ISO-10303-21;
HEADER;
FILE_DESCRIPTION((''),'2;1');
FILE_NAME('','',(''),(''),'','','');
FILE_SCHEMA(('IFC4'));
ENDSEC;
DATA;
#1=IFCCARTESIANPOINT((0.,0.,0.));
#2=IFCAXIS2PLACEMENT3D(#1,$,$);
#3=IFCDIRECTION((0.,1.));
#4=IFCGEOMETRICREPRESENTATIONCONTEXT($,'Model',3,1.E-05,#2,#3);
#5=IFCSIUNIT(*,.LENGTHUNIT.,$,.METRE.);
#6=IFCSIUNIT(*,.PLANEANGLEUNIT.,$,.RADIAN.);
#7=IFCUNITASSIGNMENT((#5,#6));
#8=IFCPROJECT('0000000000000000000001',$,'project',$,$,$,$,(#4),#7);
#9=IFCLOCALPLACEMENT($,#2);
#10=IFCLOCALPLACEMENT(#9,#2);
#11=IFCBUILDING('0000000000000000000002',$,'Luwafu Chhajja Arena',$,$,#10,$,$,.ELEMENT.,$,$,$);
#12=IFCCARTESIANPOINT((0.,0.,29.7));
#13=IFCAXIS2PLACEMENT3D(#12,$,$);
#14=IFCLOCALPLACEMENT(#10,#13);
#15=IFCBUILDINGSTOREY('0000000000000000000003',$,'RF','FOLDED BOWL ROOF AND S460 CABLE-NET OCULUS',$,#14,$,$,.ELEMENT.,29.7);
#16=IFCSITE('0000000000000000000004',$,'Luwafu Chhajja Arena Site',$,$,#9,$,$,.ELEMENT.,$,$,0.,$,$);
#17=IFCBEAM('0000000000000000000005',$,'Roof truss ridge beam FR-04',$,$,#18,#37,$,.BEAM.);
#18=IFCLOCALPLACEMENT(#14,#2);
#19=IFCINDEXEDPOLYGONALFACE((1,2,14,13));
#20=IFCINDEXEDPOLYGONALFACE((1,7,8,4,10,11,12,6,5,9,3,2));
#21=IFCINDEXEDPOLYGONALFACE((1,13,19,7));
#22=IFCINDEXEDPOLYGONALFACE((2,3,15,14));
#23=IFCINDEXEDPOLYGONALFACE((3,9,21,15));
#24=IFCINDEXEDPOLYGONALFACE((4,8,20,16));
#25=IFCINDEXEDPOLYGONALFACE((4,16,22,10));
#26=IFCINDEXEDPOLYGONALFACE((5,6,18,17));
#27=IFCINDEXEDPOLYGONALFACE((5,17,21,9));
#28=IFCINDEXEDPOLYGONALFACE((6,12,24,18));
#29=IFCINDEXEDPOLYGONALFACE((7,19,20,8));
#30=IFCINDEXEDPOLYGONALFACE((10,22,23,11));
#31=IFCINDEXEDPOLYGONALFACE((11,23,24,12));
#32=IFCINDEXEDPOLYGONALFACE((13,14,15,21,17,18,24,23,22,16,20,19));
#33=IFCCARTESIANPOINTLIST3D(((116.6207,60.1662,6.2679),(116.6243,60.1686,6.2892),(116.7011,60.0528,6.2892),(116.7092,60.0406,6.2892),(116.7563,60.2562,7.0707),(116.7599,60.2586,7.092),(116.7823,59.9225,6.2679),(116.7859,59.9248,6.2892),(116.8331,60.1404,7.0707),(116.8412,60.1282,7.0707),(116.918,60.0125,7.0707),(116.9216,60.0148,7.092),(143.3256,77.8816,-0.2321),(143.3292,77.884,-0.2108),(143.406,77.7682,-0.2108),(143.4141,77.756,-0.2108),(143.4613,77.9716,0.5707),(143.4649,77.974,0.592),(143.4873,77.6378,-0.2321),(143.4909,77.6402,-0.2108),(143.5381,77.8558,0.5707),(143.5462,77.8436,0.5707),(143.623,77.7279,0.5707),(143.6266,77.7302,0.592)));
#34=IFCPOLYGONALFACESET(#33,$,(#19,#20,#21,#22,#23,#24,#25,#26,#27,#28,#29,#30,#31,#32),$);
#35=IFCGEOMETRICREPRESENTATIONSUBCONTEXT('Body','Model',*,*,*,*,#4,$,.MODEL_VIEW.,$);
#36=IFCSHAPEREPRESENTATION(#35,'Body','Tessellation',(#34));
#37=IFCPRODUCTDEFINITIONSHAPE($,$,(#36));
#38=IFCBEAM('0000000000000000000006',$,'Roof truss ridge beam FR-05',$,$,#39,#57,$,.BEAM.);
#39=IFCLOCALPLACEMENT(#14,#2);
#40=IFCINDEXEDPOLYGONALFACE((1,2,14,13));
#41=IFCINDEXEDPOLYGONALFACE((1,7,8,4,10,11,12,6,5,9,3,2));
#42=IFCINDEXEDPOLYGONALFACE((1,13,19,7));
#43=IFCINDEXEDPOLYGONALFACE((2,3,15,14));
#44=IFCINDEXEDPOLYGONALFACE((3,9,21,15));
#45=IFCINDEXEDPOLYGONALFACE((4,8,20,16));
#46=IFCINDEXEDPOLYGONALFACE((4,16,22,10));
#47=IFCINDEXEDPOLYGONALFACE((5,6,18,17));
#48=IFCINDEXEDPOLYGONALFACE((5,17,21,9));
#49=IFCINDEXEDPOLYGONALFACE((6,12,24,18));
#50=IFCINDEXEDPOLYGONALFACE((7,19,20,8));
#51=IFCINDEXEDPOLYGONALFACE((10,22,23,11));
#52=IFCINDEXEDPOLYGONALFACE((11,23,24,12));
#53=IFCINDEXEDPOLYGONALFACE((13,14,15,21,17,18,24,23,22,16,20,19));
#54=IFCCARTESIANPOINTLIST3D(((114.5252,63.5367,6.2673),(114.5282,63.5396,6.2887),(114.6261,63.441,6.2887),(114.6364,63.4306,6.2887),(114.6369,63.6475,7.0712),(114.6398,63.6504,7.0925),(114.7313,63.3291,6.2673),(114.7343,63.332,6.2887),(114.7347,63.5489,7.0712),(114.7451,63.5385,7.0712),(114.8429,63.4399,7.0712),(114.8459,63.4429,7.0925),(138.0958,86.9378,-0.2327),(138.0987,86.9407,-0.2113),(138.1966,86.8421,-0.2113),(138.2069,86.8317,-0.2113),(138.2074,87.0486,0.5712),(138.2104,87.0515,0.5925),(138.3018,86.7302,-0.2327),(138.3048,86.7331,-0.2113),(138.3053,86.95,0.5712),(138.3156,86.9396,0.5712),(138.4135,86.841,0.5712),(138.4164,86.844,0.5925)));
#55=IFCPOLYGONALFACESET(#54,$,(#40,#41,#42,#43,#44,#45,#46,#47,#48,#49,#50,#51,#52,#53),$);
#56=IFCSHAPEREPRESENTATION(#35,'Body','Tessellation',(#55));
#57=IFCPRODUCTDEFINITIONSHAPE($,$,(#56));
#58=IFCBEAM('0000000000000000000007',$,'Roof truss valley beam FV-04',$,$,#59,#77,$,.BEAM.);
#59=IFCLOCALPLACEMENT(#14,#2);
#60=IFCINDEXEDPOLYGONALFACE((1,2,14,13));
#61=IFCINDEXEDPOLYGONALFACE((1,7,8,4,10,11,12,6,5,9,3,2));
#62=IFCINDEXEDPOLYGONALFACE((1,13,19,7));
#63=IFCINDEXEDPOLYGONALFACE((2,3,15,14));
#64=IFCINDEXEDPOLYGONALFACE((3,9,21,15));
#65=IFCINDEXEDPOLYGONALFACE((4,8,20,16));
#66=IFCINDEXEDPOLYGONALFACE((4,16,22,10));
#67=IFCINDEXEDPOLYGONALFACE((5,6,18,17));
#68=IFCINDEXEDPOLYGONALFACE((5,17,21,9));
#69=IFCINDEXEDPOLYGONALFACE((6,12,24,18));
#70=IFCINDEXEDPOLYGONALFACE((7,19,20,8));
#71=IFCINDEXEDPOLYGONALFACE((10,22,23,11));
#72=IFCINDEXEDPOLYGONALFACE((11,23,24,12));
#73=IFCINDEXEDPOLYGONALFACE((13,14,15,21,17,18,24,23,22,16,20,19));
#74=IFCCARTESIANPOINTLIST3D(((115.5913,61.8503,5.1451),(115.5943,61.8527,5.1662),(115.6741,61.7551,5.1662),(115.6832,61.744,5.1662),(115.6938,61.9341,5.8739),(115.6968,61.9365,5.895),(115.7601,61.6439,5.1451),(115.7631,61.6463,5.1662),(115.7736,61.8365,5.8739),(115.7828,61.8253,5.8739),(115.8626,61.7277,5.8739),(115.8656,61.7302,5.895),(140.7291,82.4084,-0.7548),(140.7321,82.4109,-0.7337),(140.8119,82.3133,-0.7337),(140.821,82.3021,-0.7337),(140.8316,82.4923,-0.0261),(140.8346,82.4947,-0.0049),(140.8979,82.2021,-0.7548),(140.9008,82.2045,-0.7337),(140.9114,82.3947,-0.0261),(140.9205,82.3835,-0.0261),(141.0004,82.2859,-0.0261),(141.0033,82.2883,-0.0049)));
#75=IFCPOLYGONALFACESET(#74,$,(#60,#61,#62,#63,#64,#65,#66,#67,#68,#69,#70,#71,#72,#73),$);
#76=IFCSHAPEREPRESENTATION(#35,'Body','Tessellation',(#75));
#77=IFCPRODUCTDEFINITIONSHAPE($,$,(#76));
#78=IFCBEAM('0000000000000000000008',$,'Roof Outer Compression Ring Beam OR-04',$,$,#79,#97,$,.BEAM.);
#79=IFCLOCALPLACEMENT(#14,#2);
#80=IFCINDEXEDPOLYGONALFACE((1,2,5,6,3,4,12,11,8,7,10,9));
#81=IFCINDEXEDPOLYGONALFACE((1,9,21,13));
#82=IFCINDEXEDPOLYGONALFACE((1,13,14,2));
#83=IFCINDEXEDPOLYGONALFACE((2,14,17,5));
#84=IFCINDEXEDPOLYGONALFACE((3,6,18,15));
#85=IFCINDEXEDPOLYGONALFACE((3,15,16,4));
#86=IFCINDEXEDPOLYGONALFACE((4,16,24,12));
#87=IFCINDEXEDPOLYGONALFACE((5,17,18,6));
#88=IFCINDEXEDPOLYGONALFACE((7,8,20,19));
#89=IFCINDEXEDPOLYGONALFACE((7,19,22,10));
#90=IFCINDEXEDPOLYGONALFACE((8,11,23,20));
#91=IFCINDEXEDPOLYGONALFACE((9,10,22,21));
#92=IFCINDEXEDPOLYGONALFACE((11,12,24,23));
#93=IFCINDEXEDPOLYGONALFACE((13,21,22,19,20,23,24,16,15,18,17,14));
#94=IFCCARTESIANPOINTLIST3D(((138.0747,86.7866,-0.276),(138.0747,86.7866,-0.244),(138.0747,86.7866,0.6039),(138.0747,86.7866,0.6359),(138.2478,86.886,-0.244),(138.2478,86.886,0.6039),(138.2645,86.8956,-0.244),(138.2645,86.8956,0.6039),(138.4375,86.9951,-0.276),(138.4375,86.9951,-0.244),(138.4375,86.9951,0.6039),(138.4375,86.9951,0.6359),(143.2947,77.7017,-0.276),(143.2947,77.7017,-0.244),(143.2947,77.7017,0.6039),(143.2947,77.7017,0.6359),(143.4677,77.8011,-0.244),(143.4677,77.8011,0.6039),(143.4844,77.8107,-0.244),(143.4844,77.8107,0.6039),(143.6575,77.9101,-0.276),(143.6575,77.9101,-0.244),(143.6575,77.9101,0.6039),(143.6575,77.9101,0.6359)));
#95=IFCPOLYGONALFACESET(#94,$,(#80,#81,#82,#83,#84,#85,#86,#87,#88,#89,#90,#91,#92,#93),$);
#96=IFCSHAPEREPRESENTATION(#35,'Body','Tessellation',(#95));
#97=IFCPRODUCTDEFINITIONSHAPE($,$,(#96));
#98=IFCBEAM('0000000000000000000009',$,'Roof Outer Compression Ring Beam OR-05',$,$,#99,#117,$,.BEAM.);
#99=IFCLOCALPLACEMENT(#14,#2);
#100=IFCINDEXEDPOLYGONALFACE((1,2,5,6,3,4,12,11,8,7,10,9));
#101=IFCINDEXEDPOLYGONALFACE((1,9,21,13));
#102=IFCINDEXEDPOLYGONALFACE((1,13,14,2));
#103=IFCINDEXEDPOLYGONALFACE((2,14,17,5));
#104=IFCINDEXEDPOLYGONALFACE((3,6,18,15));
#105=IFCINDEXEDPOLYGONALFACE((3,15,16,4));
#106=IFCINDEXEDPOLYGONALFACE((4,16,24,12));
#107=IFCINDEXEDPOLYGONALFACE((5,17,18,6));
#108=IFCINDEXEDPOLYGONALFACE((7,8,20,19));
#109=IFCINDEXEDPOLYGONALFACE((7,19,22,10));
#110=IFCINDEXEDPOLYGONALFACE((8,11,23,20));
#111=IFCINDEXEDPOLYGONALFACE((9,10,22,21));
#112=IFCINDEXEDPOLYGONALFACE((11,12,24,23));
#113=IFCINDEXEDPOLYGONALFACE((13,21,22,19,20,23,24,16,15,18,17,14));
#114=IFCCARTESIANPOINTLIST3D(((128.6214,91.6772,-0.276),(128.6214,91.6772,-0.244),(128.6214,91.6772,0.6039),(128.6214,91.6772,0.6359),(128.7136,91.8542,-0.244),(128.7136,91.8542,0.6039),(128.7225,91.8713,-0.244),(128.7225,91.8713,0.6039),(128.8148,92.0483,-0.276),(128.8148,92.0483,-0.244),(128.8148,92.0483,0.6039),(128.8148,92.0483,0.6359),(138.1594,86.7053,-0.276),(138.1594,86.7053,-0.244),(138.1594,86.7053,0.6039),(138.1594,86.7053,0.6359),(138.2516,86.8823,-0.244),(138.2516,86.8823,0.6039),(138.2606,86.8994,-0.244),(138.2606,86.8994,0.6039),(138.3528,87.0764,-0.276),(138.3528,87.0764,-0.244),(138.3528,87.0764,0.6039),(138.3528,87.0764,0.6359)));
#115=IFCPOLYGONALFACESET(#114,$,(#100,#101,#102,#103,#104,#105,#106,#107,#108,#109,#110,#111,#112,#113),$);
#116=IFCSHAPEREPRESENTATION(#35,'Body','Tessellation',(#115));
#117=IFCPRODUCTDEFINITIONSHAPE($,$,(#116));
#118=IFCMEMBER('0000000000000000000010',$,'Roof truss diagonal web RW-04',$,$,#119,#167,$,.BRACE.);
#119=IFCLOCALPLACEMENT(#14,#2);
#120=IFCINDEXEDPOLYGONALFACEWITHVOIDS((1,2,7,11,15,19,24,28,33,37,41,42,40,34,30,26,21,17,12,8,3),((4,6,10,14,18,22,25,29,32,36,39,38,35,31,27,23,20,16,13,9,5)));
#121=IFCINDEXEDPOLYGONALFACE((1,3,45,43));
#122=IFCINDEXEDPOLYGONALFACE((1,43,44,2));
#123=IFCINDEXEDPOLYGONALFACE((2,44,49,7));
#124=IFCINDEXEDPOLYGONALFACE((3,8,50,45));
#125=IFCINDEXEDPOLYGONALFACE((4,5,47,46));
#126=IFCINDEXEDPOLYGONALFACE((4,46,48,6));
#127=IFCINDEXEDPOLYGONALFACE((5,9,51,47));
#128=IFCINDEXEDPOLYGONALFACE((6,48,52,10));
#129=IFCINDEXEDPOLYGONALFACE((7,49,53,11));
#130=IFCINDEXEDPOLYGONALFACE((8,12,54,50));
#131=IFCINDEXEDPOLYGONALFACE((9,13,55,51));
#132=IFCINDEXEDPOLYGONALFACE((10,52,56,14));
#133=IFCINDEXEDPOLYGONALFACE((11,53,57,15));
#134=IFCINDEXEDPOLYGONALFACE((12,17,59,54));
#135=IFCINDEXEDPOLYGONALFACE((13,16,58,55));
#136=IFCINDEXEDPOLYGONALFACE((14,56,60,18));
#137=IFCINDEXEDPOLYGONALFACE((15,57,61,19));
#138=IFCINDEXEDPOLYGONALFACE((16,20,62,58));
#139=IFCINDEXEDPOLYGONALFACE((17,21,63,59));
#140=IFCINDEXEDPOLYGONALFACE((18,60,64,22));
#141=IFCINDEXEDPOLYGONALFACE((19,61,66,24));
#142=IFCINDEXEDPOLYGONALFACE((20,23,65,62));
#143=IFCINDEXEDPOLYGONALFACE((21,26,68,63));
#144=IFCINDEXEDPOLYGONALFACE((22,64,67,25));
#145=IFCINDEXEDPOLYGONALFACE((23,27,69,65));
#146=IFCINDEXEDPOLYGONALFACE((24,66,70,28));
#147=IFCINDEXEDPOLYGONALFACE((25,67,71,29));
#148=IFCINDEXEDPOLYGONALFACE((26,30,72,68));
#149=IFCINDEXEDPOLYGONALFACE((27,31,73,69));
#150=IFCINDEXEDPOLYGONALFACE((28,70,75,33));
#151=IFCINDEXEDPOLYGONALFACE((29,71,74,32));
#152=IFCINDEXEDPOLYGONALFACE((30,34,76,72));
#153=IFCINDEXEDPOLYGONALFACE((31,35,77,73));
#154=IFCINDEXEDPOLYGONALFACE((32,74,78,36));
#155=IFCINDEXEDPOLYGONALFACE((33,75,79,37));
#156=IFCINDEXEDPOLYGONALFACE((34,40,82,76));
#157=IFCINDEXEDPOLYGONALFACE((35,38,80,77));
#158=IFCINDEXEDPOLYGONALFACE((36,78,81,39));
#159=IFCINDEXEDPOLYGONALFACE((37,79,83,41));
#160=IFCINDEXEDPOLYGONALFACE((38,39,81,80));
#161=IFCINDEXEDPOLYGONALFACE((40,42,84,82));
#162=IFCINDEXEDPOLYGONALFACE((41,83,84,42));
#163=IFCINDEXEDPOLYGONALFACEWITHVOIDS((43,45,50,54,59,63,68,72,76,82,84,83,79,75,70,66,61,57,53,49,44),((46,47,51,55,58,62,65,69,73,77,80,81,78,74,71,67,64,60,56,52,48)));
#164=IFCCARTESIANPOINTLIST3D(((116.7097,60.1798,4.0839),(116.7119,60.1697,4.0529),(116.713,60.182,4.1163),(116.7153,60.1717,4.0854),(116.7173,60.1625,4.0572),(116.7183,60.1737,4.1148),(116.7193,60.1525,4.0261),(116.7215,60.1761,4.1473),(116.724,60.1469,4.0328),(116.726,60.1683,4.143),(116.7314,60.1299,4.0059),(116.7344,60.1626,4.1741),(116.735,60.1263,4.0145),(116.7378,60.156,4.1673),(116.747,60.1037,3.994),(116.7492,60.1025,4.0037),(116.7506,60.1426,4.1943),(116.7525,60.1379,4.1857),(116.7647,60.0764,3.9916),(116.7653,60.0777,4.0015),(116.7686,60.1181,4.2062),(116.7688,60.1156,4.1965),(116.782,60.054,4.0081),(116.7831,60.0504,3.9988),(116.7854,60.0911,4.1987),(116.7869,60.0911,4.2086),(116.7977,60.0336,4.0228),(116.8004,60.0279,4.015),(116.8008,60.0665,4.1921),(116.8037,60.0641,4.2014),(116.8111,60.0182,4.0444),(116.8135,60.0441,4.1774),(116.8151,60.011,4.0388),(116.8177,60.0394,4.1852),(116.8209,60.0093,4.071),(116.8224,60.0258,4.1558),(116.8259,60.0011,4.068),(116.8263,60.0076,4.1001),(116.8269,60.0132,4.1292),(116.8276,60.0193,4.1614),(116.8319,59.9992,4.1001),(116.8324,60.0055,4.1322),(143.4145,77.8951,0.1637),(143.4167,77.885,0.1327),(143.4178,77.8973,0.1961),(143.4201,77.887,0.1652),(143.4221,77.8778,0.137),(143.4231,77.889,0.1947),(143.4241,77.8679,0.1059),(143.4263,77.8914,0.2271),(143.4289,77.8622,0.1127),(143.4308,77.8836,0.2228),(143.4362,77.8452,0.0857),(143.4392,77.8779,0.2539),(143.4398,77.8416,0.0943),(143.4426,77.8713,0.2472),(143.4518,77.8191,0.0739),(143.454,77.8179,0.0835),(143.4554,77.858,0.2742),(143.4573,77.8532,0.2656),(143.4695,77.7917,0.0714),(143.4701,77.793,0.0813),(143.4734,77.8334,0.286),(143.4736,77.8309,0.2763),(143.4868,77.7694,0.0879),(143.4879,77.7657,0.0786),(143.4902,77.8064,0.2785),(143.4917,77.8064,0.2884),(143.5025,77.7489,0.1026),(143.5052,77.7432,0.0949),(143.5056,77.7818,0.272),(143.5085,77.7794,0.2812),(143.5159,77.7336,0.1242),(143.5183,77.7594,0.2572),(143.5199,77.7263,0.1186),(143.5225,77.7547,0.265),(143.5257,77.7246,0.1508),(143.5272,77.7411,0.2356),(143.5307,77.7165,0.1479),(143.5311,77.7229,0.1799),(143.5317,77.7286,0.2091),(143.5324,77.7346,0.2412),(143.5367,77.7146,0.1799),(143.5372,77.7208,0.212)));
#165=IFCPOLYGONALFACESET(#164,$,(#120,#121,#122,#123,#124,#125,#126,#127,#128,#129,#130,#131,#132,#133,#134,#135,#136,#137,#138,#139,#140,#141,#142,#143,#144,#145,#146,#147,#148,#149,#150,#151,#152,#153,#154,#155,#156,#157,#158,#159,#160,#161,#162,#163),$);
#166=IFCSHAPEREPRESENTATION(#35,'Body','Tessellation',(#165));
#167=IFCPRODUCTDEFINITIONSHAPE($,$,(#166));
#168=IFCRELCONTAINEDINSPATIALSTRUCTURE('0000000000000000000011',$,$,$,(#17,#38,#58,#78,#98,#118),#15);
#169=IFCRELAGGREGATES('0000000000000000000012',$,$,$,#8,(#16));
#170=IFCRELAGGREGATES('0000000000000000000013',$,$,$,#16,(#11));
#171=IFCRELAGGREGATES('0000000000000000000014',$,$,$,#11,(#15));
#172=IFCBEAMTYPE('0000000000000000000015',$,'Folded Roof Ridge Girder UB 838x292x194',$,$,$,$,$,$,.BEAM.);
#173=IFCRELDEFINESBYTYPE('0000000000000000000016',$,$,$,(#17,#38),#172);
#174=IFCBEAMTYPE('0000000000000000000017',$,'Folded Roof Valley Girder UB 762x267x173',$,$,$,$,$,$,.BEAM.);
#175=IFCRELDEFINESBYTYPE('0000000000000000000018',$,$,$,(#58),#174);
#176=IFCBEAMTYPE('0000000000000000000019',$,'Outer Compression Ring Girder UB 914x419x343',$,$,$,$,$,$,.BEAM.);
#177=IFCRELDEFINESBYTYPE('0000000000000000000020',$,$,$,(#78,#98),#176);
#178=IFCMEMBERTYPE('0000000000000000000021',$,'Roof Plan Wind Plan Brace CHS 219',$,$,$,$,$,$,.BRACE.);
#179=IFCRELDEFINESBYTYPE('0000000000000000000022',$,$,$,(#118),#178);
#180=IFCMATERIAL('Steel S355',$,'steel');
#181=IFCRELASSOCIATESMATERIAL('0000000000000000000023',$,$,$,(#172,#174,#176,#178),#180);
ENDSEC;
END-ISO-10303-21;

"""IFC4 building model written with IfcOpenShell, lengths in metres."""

from ifc_helpers import new_model, si_unit, direction, frame, origin, origin_2d, place, context, subcontext, project, spatial, hollow_circle, i_section, extrude, material, material_profile, profile_set, type_object, element, save


model = new_model("IFC4")

# Units and contexts
model_context = context("Model", 3, precision=1e-05, world=origin(), true_north=direction((0.0, 1.0)))
body_context = subcontext(model_context, "Body", "Model", "MODEL_VIEW")
ifc_project = project(units=[si_unit("LENGTHUNIT", "METRE"), si_unit("PLANEANGLEUNIT", "RADIAN")], contexts=[model_context])

# Site, building, storey
site_placement = place(None, origin())
site = spatial("IfcSite", under=ifc_project, at=site_placement, Name="Luwafu Chhajja Arena Site", CompositionType="ELEMENT", RefElevation=0.0)
building_placement = place(site_placement, origin())
building = spatial("IfcBuilding", under=site, at=building_placement, Name="Luwafu Chhajja Arena", CompositionType="ELEMENT")
storey_placement = place(building_placement, frame((0.0, 0.0, 29.7)))
storey = spatial("IfcBuildingStorey", under=building, at=storey_placement, Name="RF", Description="FOLDED BOWL ROOF AND S460 CABLE-NET OCULUS", CompositionType="ELEMENT", Elevation=29.7)

# Beams
ifc_material_1 = material(Name="Steel S355", Category="steel")
ifc_material_profile_1 = material_profile(ifc_material_1, i_section(OverallWidth=0.2925, OverallDepth=0.8408, WebThickness=0.0146, FlangeThickness=0.0217, at=origin_2d()), Name="UB 838x292x194")
ifc_profile_set_1 = profile_set([ifc_material_profile_1], Name="Steel S355")
beam_type_1 = type_object("IfcBeamType", Name="Folded Roof Ridge Girder UB 838x292x194", PredefinedType="BEAM", material=ifc_profile_set_1)
beam_1_placement = place(storey_placement, frame((143.4761, 77.8059, 0.1799), z_axis=(-0.816684, -0.541768, 0.198782), x_axis=(0.5528, -0.833314, 0.0)))
element("IfcBeam", 1, at=beam_1_placement, inside=storey, type_object=beam_type_1, Name="Roof truss ridge beam FR-04", PredefinedType="BEAM", context=body_context, shape_type="SweptSolid", body=[
    extrude(i_section(OverallWidth=0.2925, OverallDepth=0.8408, WebThickness=0.0146, FlangeThickness=0.0217, at=origin_2d()), origin(), (0.0, 0.0, 1.0), 32.6992),
])
beam_2_placement = place(storey_placement, frame((138.2561, 86.8909, 0.1799), z_axis=(-0.696442, -0.691436, 0.192056), x_axis=(0.704552, -0.709653, 0.0)))
element("IfcBeam", 2, at=beam_2_placement, inside=storey, type_object=beam_type_1, Name="Roof truss ridge beam FR-05", PredefinedType="BEAM", context=body_context, shape_type="SweptSolid", body=[
    extrude(i_section(OverallWidth=0.2925, OverallDepth=0.8408, WebThickness=0.0146, FlangeThickness=0.0217, at=origin_2d()), origin(), (0.0, 0.0, 1.0), 33.8442),
])
ifc_material_profile_2 = material_profile(ifc_material_1, i_section(OverallWidth=0.2666, OverallDepth=0.7622, WebThickness=0.0144, FlangeThickness=0.0215, at=origin_2d()), Name="UB 762x267x173")
ifc_profile_set_2 = profile_set([ifc_material_profile_2], Name="Steel S355")
beam_type_2 = type_object("IfcBeamType", Name="Folded Roof Valley Girder UB 762x267x173", PredefinedType="BEAM", material=ifc_profile_set_2)
beam_3_placement = place(storey_placement, frame((140.8662, 82.3484, -0.3799), z_axis=(-0.761627, -0.622873, 0.178756), x_axis=(0.63307, -0.774095, 0.0)))
element("IfcBeam", 3, at=beam_3_placement, inside=storey, type_object=beam_type_2, Name="Roof truss valley beam FV-04", PredefinedType="BEAM", context=body_context, shape_type="SweptSolid", body=[
    extrude(i_section(OverallWidth=0.2666, OverallDepth=0.7622, WebThickness=0.0144, FlangeThickness=0.0215, at=origin_2d()), origin(), (0.0, 0.0, 1.0), 33.0054),
])
ifc_material_profile_3 = material_profile(ifc_material_1, i_section(OverallWidth=0.4185, OverallDepth=0.9119, WebThickness=0.0193, FlangeThickness=0.032, at=origin_2d()), Name="UB 914x419x343")
ifc_profile_set_3 = profile_set([ifc_material_profile_3], Name="Steel S355")
beam_type_3 = type_object("IfcBeamType", Name="Outer Compression Ring Girder UB 914x419x343", PredefinedType="BEAM", material=ifc_profile_set_3)
beam_4_placement = place(storey_placement, frame((143.4761, 77.8059, 0.1799), z_axis=(-0.498193, 0.867066, 0.0), x_axis=(-0.867066, -0.498193, 0.0)))
element("IfcBeam", 4, at=beam_4_placement, inside=storey, type_object=beam_type_3, Name="Roof Outer Compression Ring Beam OR-04", PredefinedType="BEAM", context=body_context, shape_type="SweptSolid", body=[
    extrude(i_section(OverallWidth=0.4185, OverallDepth=0.9119, WebThickness=0.0193, FlangeThickness=0.032, at=origin_2d()), origin(), (0.0, 0.0, 1.0), 10.4778),
])
beam_5_placement = place(storey_placement, frame((138.2561, 86.8909, 0.1799), z_axis=(-0.886755, 0.462239, 0.0), x_axis=(-0.462239, -0.886755, 0.0)))
element("IfcBeam", 5, at=beam_5_placement, inside=storey, type_object=beam_type_3, Name="Roof Outer Compression Ring Beam OR-05", PredefinedType="BEAM", context=body_context, shape_type="SweptSolid", body=[
    extrude(i_section(OverallWidth=0.4185, OverallDepth=0.9119, WebThickness=0.0193, FlangeThickness=0.032, at=origin_2d()), origin(), (0.0, 0.0, 1.0), 10.7561),
])

# Member
ifc_material_profile_4 = material_profile(ifc_material_1, hollow_circle(Radius=0.1096, WallThickness=0.01, at=origin_2d()), Name="CHS 219.1x10")
ifc_profile_set_4 = profile_set([ifc_material_profile_4], Name="Steel S355")
member_type = type_object("IfcMemberType", Name="Roof Plan Wind Plan Brace CHS 219", PredefinedType="BRACE", material=ifc_profile_set_4)
member_1_placement = place(storey_placement, frame((143.4761, 77.8059, 0.1799), z_axis=(-0.827148, -0.54871, 0.121422), x_axis=(0.5528, -0.833314, 0.0)))
element("IfcMember", 6, at=member_1_placement, inside=storey, type_object=member_type, Name="Roof truss diagonal web RW-04", PredefinedType="BRACE", context=body_context, shape_type="SweptSolid", body=[
    extrude(hollow_circle(Radius=0.1096, WallThickness=0.01, at=origin_2d()), origin(), (0.0, 0.0, 1.0), 32.2854),
])

save(model, "model.ifc")
